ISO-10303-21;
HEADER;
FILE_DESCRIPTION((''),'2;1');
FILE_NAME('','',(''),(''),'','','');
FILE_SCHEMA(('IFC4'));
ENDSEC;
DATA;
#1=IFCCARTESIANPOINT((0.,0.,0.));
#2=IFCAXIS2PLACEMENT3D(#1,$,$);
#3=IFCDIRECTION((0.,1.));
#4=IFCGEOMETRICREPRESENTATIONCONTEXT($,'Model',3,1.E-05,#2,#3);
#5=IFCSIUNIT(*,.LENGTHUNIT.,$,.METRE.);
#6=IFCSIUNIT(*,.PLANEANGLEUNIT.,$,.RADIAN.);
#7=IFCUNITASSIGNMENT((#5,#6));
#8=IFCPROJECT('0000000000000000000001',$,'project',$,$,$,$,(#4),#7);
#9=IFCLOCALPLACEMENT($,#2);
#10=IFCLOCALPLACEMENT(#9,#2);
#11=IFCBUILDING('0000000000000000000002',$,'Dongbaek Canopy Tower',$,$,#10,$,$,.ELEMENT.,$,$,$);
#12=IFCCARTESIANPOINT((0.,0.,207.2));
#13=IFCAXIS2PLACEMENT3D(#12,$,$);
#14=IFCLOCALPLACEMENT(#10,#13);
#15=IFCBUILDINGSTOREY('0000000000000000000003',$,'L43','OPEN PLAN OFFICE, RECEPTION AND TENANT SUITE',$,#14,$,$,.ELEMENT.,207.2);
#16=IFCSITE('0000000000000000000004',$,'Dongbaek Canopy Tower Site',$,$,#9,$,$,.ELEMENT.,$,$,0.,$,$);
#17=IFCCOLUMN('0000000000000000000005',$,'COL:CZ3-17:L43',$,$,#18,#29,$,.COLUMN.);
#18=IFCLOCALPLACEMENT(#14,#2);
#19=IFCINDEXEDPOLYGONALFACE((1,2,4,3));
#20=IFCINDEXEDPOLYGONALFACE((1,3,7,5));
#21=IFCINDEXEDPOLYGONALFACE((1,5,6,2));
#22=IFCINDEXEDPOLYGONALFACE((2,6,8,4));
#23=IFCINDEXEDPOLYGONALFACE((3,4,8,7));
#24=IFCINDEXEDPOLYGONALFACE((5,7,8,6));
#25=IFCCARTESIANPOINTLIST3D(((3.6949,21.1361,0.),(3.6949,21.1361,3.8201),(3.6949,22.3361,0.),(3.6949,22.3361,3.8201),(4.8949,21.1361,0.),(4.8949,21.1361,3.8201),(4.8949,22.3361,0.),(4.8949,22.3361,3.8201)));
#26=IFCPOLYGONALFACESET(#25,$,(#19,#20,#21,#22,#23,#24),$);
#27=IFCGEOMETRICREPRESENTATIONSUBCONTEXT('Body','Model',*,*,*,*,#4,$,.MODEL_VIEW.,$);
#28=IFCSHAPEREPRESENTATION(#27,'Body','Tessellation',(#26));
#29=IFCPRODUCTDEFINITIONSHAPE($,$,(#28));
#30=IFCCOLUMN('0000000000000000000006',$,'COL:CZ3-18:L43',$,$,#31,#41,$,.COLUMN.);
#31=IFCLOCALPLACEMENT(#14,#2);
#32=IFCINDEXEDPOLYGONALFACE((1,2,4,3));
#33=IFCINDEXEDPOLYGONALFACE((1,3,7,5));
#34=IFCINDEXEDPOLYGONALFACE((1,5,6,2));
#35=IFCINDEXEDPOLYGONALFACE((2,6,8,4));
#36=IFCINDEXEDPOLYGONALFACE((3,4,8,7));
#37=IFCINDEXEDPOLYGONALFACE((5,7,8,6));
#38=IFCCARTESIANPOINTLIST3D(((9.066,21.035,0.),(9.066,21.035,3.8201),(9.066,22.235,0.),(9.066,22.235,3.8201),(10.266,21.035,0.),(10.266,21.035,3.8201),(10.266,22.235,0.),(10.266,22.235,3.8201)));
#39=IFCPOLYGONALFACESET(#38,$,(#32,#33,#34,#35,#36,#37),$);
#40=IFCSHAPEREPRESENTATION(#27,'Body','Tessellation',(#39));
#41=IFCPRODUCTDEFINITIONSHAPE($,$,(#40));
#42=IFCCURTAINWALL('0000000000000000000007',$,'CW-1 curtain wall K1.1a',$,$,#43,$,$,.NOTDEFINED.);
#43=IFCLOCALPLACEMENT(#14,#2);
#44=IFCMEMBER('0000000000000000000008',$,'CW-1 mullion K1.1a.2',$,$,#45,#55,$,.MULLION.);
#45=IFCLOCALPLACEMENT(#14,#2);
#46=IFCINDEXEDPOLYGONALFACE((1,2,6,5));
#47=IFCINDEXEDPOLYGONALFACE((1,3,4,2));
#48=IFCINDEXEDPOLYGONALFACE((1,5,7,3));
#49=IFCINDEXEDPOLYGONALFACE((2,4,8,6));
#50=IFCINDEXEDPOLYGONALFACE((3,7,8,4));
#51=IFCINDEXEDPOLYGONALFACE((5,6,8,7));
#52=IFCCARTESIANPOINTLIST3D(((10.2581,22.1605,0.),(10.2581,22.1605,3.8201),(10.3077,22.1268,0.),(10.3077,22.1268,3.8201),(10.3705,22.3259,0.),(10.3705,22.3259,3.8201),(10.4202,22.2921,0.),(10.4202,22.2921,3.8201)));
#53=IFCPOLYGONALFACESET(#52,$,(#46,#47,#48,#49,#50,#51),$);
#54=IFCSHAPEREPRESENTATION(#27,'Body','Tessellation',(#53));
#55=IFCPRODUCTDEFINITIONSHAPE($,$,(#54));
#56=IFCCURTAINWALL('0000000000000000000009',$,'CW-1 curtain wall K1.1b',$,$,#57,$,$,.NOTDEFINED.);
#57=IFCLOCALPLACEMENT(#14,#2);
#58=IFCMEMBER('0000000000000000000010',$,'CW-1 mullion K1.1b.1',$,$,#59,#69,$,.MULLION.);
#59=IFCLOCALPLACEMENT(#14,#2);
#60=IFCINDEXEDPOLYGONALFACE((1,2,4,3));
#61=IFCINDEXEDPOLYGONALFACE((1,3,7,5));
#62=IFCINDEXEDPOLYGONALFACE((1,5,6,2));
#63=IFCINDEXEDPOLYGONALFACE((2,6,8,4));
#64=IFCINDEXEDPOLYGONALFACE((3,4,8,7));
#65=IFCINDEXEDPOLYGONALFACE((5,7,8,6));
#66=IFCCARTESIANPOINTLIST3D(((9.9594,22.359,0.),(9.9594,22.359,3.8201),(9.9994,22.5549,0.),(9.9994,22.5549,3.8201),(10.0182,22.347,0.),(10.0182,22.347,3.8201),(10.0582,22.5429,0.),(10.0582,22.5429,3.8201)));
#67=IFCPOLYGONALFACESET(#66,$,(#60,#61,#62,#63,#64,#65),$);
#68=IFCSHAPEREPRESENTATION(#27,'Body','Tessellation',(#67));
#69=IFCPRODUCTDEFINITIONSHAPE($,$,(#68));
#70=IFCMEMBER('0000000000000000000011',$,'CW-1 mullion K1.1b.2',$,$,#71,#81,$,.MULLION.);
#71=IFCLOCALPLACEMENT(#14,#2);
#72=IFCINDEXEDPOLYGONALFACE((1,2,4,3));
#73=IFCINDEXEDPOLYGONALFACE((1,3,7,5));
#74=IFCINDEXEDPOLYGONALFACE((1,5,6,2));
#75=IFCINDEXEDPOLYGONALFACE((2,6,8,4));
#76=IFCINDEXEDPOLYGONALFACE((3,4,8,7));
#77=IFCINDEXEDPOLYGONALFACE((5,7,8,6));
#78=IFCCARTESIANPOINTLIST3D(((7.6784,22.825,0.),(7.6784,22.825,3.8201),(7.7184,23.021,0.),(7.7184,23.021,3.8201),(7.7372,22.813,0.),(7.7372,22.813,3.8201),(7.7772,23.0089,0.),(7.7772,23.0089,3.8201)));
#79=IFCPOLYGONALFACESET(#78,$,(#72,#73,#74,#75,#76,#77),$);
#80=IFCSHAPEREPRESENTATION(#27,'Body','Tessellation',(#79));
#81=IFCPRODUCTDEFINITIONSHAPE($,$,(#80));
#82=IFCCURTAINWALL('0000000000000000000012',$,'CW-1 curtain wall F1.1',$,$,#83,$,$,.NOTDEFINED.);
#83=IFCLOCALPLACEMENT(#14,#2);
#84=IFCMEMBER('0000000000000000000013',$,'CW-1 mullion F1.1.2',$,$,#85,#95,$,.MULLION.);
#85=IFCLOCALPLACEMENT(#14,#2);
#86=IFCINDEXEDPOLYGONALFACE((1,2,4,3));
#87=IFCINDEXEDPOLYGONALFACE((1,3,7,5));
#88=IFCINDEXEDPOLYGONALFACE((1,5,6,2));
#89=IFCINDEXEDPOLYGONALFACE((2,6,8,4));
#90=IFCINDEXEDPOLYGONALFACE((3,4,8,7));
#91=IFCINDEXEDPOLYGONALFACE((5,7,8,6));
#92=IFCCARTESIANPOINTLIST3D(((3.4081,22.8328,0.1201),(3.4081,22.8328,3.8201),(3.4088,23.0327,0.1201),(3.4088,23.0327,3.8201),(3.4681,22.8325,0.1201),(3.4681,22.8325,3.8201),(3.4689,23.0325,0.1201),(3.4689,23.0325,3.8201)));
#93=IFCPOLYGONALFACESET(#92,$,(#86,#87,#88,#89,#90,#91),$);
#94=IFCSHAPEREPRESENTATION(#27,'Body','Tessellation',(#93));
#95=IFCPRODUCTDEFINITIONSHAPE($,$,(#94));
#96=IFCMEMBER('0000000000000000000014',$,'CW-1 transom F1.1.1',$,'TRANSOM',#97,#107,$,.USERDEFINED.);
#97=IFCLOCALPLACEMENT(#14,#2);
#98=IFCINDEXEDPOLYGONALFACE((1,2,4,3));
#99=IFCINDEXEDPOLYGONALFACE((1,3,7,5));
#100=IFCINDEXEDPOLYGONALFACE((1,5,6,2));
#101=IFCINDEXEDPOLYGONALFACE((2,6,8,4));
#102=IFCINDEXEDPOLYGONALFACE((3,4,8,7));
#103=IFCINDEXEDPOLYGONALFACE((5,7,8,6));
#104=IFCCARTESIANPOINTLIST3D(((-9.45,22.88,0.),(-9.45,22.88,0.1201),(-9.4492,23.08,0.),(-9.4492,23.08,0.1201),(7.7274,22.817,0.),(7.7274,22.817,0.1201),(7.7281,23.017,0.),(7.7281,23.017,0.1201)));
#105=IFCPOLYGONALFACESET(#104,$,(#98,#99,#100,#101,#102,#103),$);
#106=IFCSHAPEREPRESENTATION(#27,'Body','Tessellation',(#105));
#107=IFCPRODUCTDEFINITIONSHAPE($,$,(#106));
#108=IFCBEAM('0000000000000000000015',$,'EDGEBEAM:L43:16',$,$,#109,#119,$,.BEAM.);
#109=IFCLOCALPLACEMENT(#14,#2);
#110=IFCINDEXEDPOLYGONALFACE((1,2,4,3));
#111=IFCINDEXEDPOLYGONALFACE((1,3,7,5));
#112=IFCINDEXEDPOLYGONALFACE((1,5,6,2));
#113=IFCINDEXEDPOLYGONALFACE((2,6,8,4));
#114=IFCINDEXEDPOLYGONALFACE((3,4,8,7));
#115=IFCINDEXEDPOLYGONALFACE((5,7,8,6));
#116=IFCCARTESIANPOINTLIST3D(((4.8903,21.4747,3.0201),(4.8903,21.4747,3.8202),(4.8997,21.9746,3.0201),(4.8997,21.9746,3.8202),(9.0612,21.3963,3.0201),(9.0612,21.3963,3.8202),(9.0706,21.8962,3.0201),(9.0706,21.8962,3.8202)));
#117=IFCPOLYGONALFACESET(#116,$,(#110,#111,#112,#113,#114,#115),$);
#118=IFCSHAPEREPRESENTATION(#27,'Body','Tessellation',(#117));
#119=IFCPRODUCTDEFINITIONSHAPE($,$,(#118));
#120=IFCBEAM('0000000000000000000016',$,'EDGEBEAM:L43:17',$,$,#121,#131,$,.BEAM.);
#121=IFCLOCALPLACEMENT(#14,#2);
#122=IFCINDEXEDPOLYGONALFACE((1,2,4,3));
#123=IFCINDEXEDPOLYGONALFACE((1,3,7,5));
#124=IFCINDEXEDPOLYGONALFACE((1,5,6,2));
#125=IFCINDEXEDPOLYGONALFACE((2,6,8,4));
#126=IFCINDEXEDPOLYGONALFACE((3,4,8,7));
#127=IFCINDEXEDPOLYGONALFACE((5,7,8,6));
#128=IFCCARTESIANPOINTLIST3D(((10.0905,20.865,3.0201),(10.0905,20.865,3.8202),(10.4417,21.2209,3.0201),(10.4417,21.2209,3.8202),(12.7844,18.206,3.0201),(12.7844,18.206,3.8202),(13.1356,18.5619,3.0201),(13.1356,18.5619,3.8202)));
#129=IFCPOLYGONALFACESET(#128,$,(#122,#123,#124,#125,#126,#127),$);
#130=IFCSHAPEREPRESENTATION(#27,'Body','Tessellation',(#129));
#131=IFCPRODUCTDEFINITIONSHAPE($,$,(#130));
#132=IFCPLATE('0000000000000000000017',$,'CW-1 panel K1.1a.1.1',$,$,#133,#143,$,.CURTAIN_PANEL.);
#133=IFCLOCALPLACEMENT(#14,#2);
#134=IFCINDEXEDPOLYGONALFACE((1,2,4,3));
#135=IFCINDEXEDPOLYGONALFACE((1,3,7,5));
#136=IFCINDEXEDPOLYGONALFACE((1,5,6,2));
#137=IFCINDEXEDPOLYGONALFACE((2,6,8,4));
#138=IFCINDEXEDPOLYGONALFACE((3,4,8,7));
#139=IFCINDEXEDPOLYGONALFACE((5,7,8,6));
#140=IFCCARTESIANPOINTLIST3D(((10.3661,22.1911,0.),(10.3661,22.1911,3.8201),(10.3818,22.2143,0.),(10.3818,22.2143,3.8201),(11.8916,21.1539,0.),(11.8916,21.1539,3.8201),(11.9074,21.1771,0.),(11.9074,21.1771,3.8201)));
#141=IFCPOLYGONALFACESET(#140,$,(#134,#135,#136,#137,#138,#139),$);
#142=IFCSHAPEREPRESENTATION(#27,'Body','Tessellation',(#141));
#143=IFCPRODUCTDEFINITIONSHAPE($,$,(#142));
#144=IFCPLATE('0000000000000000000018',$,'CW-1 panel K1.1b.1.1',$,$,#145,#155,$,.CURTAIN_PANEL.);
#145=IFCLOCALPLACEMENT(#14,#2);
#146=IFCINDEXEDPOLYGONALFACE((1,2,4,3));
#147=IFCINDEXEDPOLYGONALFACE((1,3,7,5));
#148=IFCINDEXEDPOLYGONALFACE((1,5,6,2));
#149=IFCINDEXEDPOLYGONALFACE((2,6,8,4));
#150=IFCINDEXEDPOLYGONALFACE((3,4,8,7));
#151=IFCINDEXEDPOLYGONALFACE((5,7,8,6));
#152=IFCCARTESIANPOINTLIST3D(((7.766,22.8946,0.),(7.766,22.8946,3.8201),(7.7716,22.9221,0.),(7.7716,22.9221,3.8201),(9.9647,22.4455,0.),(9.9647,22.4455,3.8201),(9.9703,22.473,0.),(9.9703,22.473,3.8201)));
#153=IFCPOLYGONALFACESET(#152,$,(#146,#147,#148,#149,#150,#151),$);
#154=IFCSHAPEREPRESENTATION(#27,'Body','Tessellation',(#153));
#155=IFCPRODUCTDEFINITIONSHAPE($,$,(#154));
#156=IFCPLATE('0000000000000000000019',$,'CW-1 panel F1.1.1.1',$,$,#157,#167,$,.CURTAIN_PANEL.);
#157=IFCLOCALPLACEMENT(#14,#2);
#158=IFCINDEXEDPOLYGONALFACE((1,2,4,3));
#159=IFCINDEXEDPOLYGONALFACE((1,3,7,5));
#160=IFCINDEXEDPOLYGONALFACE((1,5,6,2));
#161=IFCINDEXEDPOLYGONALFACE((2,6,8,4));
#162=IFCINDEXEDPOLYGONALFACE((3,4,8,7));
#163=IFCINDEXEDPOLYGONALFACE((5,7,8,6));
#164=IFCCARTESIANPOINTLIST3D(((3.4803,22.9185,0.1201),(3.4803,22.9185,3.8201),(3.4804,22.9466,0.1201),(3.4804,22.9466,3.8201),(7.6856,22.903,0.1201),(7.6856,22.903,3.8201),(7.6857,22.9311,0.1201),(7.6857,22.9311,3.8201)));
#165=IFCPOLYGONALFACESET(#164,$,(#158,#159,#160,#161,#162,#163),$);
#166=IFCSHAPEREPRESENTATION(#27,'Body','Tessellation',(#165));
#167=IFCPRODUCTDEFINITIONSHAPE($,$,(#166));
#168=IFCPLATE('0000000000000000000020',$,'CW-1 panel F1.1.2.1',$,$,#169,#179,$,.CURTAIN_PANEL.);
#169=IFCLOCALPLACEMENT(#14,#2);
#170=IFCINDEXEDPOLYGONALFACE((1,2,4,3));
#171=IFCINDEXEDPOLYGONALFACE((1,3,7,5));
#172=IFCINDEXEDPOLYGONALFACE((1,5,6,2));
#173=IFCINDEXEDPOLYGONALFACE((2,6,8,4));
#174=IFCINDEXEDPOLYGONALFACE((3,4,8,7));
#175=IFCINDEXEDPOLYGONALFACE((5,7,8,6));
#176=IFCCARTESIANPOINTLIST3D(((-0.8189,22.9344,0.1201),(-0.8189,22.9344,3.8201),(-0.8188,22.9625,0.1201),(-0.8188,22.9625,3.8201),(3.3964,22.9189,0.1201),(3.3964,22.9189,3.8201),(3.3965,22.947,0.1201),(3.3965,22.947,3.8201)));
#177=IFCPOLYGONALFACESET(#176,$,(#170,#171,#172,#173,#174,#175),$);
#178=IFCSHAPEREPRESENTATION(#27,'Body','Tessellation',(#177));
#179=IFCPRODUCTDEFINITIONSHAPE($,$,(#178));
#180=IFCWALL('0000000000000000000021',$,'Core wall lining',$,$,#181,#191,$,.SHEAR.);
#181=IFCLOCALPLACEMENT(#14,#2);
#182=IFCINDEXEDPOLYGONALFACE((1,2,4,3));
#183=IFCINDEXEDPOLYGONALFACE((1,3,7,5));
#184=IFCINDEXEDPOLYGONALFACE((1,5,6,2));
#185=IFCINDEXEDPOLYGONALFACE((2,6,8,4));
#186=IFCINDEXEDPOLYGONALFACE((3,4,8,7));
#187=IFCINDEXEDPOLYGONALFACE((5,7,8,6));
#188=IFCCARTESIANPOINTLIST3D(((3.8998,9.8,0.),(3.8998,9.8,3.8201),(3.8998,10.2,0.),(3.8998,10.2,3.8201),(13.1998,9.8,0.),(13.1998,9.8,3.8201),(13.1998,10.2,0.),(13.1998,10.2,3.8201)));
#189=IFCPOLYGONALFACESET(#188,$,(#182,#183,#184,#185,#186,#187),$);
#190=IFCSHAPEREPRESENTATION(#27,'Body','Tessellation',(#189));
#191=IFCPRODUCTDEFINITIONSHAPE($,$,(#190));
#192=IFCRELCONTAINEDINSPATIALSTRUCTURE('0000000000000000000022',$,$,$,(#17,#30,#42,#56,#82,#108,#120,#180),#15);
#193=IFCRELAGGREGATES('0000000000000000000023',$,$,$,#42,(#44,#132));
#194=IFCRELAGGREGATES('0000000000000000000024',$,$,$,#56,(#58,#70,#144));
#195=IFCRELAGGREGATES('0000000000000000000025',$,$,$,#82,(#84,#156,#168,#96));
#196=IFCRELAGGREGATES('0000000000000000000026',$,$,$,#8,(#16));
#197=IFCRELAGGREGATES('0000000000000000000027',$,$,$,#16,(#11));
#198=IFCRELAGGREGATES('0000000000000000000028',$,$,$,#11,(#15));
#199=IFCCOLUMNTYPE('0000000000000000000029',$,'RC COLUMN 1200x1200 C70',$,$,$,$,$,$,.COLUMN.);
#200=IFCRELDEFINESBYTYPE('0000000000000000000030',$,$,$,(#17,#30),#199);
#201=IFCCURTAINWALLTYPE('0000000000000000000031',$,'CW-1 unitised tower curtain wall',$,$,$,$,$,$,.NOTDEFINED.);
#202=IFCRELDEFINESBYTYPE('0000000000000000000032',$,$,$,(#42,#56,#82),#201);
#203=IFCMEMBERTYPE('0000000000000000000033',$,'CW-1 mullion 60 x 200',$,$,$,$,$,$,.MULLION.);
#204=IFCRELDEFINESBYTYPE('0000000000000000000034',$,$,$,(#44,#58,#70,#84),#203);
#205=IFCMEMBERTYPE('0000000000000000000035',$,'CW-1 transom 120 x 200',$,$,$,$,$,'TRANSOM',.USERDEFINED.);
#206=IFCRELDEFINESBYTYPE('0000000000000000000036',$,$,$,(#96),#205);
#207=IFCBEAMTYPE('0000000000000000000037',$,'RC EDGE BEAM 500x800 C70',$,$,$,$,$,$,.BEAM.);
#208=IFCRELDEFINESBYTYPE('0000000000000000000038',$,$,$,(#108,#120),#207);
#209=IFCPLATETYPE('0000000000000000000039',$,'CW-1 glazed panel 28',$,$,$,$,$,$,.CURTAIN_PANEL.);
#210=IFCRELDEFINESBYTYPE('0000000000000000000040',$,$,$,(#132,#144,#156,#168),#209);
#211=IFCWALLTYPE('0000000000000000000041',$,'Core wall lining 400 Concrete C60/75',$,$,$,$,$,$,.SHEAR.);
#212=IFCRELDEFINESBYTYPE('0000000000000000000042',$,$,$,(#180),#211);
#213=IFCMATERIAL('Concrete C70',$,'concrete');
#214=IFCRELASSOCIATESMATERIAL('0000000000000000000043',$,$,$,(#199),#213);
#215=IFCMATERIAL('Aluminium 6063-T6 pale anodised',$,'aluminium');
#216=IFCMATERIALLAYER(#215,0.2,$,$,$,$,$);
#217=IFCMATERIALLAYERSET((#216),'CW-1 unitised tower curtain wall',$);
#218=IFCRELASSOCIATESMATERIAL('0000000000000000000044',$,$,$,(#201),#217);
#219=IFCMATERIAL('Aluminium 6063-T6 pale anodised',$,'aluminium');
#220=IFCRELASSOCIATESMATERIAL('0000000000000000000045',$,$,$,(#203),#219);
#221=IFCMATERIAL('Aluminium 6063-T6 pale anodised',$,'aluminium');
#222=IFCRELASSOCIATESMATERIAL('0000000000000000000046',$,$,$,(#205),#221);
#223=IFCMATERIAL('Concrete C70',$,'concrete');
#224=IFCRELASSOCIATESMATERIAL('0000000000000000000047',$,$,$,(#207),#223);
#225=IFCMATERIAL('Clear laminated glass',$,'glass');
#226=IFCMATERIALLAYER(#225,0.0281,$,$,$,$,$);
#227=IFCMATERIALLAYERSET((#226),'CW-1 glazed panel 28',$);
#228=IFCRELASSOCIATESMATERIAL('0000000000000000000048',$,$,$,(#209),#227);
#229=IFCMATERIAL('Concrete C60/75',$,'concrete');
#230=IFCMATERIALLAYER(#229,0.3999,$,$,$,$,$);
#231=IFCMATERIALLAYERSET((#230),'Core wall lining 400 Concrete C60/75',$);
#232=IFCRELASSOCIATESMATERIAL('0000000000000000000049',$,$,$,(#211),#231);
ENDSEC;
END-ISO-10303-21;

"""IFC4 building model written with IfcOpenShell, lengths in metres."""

from ifc_helpers import new_model, si_unit, direction, frame, frame_2d, origin, origin_2d, place, context, subcontext, project, spatial, rectangle, extrude, material, layer, layer_set, material_profile, profile_set, type_object, element, aggregate, save


model = new_model("IFC4")

# Units and contexts
model_context = context("Model", 3, precision=1e-05, world=origin(), true_north=direction((0.0, 1.0)))
body_context = subcontext(model_context, "Body", "Model", "MODEL_VIEW")
ifc_project = project(units=[si_unit("LENGTHUNIT", "METRE"), si_unit("PLANEANGLEUNIT", "RADIAN")], contexts=[model_context])

# Site, building, storey
site_placement = place(None, origin())
site = spatial("IfcSite", under=ifc_project, at=site_placement, Name="Dongbaek Canopy Tower Site", CompositionType="ELEMENT", RefElevation=0.0)
building_placement = place(site_placement, origin())
building = spatial("IfcBuilding", under=site, at=building_placement, Name="Dongbaek Canopy Tower", CompositionType="ELEMENT")
storey_placement = place(building_placement, frame((0.0, 0.0, 207.2)))
storey = spatial("IfcBuildingStorey", under=building, at=storey_placement, Name="L43", Description="OPEN PLAN OFFICE, RECEPTION AND TENANT SUITE", CompositionType="ELEMENT", Elevation=207.2)

# Columns
ifc_material_1 = material(Name="Concrete C70", Category="concrete")
ifc_material_profile_1 = material_profile(ifc_material_1, rectangle(XDim=1.2, YDim=1.2, at=origin_2d()), Name="RC COLUMN 1200x1200 C70")
ifc_profile_set_1 = profile_set([ifc_material_profile_1], Name="Concrete C70")
column_type = type_object("IfcColumnType", Name="RC COLUMN 1200x1200 C70", PredefinedType="COLUMN", material=ifc_profile_set_1)
for number, where, z_axis, x_axis, name in (
    (1, (4.2949, 21.7361, 0.0), (0.0, 0.0, 1.0), (1.0, 0.0, 0.0), "COL:CZ3-17:L43"),
    (2, (9.666, 21.635, 0.0), (0.0, 0.0, 1.0), (1.0, 0.0, 0.0), "COL:CZ3-18:L43"),
):
    element("IfcColumn", number, at=place(storey_placement, frame(where, z_axis=z_axis, x_axis=x_axis)), inside=storey, type_object=column_type, Name=name, PredefinedType="COLUMN", context=body_context, shape_type="SweptSolid", body=[
        extrude(rectangle(XDim=1.2, YDim=1.2, at=origin_2d()), origin(), (0.0, 0.0, 1.0), 3.8201),
    ])

# Curtain wall, member
ifc_material_2 = material(Name="Aluminium 6063-T6 pale anodised", Category="aluminium")
ifc_layer_1 = layer(ifc_material_2, 0.2)
ifc_layer_set_1 = layer_set([ifc_layer_1], Name="CW-1 unitised tower curtain wall")
curtain_wall_type = type_object("IfcCurtainWallType", Name="CW-1 unitised tower curtain wall", PredefinedType="NOTDEFINED", material=ifc_layer_set_1)
curtain_wall_1_placement = place(storey_placement, origin())
curtain_wall_1 = element("IfcCurtainWall", 3, at=curtain_wall_1_placement, inside=storey, type_object=curtain_wall_type, Name="CW-1 curtain wall K1.1a", PredefinedType="NOTDEFINED")
ifc_material_3 = material(Name="Aluminium 6063-T6 pale anodised", Category="aluminium")
ifc_material_profile_2 = material_profile(ifc_material_3, rectangle(XDim=0.2, YDim=0.0601, at=origin_2d()), Name="CW-1 mullion 60 x 200")
ifc_profile_set_2 = profile_set([ifc_material_profile_2], Name="Aluminium 6063-T6 pale anodised")
member_type_1 = type_object("IfcMemberType", Name="CW-1 mullion 60 x 200", PredefinedType="MULLION", material=ifc_profile_set_2)
member_1_placement = place(storey_placement, frame((10.3391, 22.2263, 0.0), z_axis=(0.0, 0.0, 1.0), x_axis=(0.562232, 0.82698, 0.0)))
member_1 = element("IfcMember", 4, at=member_1_placement, type_object=member_type_1, Name="CW-1 mullion K1.1a.2", PredefinedType="MULLION", context=body_context, shape_type="SweptSolid", body=[
    extrude(rectangle(XDim=0.2, YDim=0.0601, at=origin_2d()), origin(), (0.0, 0.0, 1.0), 3.8201),
])

# Curtain walls, members
curtain_wall_2_placement = place(storey_placement, origin())
curtain_wall_2 = element("IfcCurtainWall", 5, at=curtain_wall_2_placement, inside=storey, type_object=curtain_wall_type, Name="CW-1 curtain wall K1.1b", PredefinedType="NOTDEFINED")
member_2_placement = place(storey_placement, frame((10.0088, 22.4509, 0.0), z_axis=(0.0, 0.0, 1.0), x_axis=(0.200117, 0.979772, 0.0)))
member_2 = element("IfcMember", 6, at=member_2_placement, type_object=member_type_1, Name="CW-1 mullion K1.1b.1", PredefinedType="MULLION", context=body_context, shape_type="SweptSolid", body=[
    extrude(rectangle(XDim=0.2, YDim=0.0601, at=origin_2d()), origin(), (0.0, 0.0, 1.0), 3.8201),
])
member_3_placement = place(storey_placement, frame((7.7278, 22.917, 0.0), z_axis=(0.0, 0.0, 1.0), x_axis=(0.200117, 0.979772, 0.0)))
member_3 = element("IfcMember", 7, at=member_3_placement, type_object=member_type_1, Name="CW-1 mullion K1.1b.2", PredefinedType="MULLION", context=body_context, shape_type="SweptSolid", body=[
    extrude(rectangle(XDim=0.2, YDim=0.0601, at=origin_2d()), origin(), (0.0, 0.0, 1.0), 3.8201),
])
curtain_wall_3_placement = place(storey_placement, origin())
curtain_wall_3 = element("IfcCurtainWall", 8, at=curtain_wall_3_placement, inside=storey, type_object=curtain_wall_type, Name="CW-1 curtain wall F1.1", PredefinedType="NOTDEFINED")
member_4_placement = place(storey_placement, frame((3.4385, 22.9326, 0.1201), z_axis=(0.0, 0.0, 1.0), x_axis=(0.003675, 0.999993, 0.0)))
member_4 = element("IfcMember", 9, at=member_4_placement, type_object=member_type_1, Name="CW-1 mullion F1.1.2", PredefinedType="MULLION", context=body_context, shape_type="SweptSolid", body=[
    extrude(rectangle(XDim=0.2, YDim=0.0601, at=origin_2d()), origin(), (0.0, 0.0, 1.0), 3.7),
])
ifc_material_4 = material(Name="Aluminium 6063-T6 pale anodised", Category="aluminium")
ifc_material_profile_3 = material_profile(ifc_material_4, rectangle(XDim=0.2, YDim=0.1201, at=origin_2d()), Name="CW-1 transom 120 x 200")
ifc_profile_set_3 = profile_set([ifc_material_profile_3], Name="Aluminium 6063-T6 pale anodised")
member_type_2 = type_object("IfcMemberType", Name="CW-1 transom 120 x 200", ElementType="TRANSOM", PredefinedType="USERDEFINED", material=ifc_profile_set_3)
member_5_placement = place(storey_placement, frame((7.7278, 22.917, 0.0601), z_axis=(-0.999993, 0.003667, 0.0), x_axis=(-0.003667, -0.999993, 0.0)))
member_5 = element("IfcMember", 10, at=member_5_placement, type_object=member_type_2, Name="CW-1 transom F1.1.1", ObjectType="TRANSOM", PredefinedType="USERDEFINED", context=body_context, shape_type="SweptSolid", body=[
    extrude(rectangle(XDim=0.2, YDim=0.1201, at=origin_2d()), origin(), (0.0, 0.0, 1.0), 17.1775),
])

# Beams
ifc_material_5 = material(Name="Concrete C70", Category="concrete")
ifc_material_profile_4 = material_profile(ifc_material_5, rectangle(XDim=0.5, YDim=0.8, at=origin_2d()), Name="RC EDGE BEAM 500x800 C70")
ifc_profile_set_4 = profile_set([ifc_material_profile_4], Name="Concrete C70")
beam_type = type_object("IfcBeamType", Name="RC EDGE BEAM 500x800 C70", PredefinedType="BEAM", material=ifc_profile_set_4)
beam_1_placement = place(storey_placement, frame((4.895, 21.7246, 3.4202), z_axis=(0.999824, -0.018786, 0.0), x_axis=(0.018786, 0.999824, 0.0)))
element("IfcBeam", 11, at=beam_1_placement, inside=storey, type_object=beam_type, Name="EDGEBEAM:L43:16", PredefinedType="BEAM", context=body_context, shape_type="SweptSolid", body=[
    extrude(rectangle(XDim=0.5, YDim=0.8, at=origin_2d()), origin(), (0.0, 0.0, 1.0), 4.1716),
])
beam_2_placement = place(storey_placement, frame((10.2661, 21.043, 3.4202), z_axis=(0.711704, -0.70248, 0.0), x_axis=(0.70248, 0.711704, 0.0)))
element("IfcBeam", 12, at=beam_2_placement, inside=storey, type_object=beam_type, Name="EDGEBEAM:L43:17", PredefinedType="BEAM", context=body_context, shape_type="SweptSolid", body=[
    extrude(rectangle(XDim=0.5, YDim=0.8, at=origin_2d()), origin(), (0.0, 0.0, 1.0), 3.7852),
])

# Plates
ifc_material_6 = material(Name="Clear laminated glass", Category="glass")
ifc_layer_2 = layer(ifc_material_6, 0.0281)
ifc_layer_set_2 = layer_set([ifc_layer_2], Name="CW-1 glazed panel 28")
plate_type = type_object("IfcPlateType", Name="CW-1 glazed panel 28", PredefinedType="CURTAIN_PANEL", material=ifc_layer_set_2)
plate_1_placement = place(storey_placement, frame((11.1367, 21.6841, 0.0), z_axis=(0.0, 0.0, 1.0), x_axis=(-0.82698, 0.562232, 0.0)))
plate_1 = element("IfcPlate", 13, at=plate_1_placement, type_object=plate_type, Name="CW-1 panel K1.1a.1.1", PredefinedType="CURTAIN_PANEL", context=body_context, shape_type="SweptSolid", body=[
    extrude(rectangle(XDim=1.8447, YDim=0.0281, at=origin_2d()), origin(), (0.0, 0.0, 1.0), 3.8201),
])
aggregate(curtain_wall_1, [member_1, plate_1])
plate_2_placement = place(storey_placement, frame((8.8682, 22.6838, 0.0), z_axis=(0.0, 0.0, 1.0), x_axis=(-0.979772, 0.200117, 0.0)))
plate_2 = element("IfcPlate", 14, at=plate_2_placement, type_object=plate_type, Name="CW-1 panel K1.1b.1.1", PredefinedType="CURTAIN_PANEL", context=body_context, shape_type="SweptSolid", body=[
    extrude(rectangle(XDim=2.2441, YDim=0.0281, at=origin_2d()), origin(), (0.0, 0.0, 1.0), 3.8201),
])
aggregate(curtain_wall_2, [member_2, member_3, plate_2])
plate_3_placement = place(storey_placement, frame((5.583, 22.9248, 0.1201), z_axis=(0.0, 0.0, 1.0), x_axis=(-0.999993, 0.003675, 0.0)))
plate_3 = element("IfcPlate", 15, at=plate_3_placement, type_object=plate_type, Name="CW-1 panel F1.1.1.1", PredefinedType="CURTAIN_PANEL", context=body_context, shape_type="SweptSolid", body=[
    extrude(rectangle(XDim=4.2053, YDim=0.0281, at=origin_2d()), origin(), (0.0, 0.0, 1.0), 3.7),
])
plate_4_placement = place(storey_placement, frame((1.2888, 22.9407, 0.1201), z_axis=(0.0, 0.0, 1.0), x_axis=(-0.999993, 0.003675, 0.0)))
plate_4 = element("IfcPlate", 16, at=plate_4_placement, type_object=plate_type, Name="CW-1 panel F1.1.2.1", PredefinedType="CURTAIN_PANEL", context=body_context, shape_type="SweptSolid", body=[
    extrude(rectangle(XDim=4.2153, YDim=0.0281, at=origin_2d()), origin(), (0.0, 0.0, 1.0), 3.7),
])

# Wall
ifc_material_7 = material(Name="Concrete C60/75", Category="concrete")
ifc_layer_3 = layer(ifc_material_7, 0.3999)
ifc_layer_set_3 = layer_set([ifc_layer_3], Name="Core wall lining 400 Concrete C60/75")
wall_type_1 = type_object("IfcWallType", Name="Core wall lining 400 Concrete C60/75", PredefinedType="SHEAR", material=ifc_layer_set_3)
wall_1_placement = place(storey_placement, frame((3.8999, 10.0, 0.0), z_axis=(0.0, 0.0, 1.0), x_axis=(1.0, 0.0, 0.0)))
element("IfcWall", 17, at=wall_1_placement, inside=storey, type_object=wall_type_1, Name="Core wall lining", PredefinedType="SHEAR", context=body_context, shape_type="SweptSolid", body=[
    extrude(rectangle(XDim=9.3, YDim=0.3999, at=frame_2d((4.6499, 0.0))), origin(), (0.0, 0.0, 1.0), 3.8201),
])

aggregate(curtain_wall_3, [member_4, plate_3, plate_4, member_5])

save(model, "model.ifc")
